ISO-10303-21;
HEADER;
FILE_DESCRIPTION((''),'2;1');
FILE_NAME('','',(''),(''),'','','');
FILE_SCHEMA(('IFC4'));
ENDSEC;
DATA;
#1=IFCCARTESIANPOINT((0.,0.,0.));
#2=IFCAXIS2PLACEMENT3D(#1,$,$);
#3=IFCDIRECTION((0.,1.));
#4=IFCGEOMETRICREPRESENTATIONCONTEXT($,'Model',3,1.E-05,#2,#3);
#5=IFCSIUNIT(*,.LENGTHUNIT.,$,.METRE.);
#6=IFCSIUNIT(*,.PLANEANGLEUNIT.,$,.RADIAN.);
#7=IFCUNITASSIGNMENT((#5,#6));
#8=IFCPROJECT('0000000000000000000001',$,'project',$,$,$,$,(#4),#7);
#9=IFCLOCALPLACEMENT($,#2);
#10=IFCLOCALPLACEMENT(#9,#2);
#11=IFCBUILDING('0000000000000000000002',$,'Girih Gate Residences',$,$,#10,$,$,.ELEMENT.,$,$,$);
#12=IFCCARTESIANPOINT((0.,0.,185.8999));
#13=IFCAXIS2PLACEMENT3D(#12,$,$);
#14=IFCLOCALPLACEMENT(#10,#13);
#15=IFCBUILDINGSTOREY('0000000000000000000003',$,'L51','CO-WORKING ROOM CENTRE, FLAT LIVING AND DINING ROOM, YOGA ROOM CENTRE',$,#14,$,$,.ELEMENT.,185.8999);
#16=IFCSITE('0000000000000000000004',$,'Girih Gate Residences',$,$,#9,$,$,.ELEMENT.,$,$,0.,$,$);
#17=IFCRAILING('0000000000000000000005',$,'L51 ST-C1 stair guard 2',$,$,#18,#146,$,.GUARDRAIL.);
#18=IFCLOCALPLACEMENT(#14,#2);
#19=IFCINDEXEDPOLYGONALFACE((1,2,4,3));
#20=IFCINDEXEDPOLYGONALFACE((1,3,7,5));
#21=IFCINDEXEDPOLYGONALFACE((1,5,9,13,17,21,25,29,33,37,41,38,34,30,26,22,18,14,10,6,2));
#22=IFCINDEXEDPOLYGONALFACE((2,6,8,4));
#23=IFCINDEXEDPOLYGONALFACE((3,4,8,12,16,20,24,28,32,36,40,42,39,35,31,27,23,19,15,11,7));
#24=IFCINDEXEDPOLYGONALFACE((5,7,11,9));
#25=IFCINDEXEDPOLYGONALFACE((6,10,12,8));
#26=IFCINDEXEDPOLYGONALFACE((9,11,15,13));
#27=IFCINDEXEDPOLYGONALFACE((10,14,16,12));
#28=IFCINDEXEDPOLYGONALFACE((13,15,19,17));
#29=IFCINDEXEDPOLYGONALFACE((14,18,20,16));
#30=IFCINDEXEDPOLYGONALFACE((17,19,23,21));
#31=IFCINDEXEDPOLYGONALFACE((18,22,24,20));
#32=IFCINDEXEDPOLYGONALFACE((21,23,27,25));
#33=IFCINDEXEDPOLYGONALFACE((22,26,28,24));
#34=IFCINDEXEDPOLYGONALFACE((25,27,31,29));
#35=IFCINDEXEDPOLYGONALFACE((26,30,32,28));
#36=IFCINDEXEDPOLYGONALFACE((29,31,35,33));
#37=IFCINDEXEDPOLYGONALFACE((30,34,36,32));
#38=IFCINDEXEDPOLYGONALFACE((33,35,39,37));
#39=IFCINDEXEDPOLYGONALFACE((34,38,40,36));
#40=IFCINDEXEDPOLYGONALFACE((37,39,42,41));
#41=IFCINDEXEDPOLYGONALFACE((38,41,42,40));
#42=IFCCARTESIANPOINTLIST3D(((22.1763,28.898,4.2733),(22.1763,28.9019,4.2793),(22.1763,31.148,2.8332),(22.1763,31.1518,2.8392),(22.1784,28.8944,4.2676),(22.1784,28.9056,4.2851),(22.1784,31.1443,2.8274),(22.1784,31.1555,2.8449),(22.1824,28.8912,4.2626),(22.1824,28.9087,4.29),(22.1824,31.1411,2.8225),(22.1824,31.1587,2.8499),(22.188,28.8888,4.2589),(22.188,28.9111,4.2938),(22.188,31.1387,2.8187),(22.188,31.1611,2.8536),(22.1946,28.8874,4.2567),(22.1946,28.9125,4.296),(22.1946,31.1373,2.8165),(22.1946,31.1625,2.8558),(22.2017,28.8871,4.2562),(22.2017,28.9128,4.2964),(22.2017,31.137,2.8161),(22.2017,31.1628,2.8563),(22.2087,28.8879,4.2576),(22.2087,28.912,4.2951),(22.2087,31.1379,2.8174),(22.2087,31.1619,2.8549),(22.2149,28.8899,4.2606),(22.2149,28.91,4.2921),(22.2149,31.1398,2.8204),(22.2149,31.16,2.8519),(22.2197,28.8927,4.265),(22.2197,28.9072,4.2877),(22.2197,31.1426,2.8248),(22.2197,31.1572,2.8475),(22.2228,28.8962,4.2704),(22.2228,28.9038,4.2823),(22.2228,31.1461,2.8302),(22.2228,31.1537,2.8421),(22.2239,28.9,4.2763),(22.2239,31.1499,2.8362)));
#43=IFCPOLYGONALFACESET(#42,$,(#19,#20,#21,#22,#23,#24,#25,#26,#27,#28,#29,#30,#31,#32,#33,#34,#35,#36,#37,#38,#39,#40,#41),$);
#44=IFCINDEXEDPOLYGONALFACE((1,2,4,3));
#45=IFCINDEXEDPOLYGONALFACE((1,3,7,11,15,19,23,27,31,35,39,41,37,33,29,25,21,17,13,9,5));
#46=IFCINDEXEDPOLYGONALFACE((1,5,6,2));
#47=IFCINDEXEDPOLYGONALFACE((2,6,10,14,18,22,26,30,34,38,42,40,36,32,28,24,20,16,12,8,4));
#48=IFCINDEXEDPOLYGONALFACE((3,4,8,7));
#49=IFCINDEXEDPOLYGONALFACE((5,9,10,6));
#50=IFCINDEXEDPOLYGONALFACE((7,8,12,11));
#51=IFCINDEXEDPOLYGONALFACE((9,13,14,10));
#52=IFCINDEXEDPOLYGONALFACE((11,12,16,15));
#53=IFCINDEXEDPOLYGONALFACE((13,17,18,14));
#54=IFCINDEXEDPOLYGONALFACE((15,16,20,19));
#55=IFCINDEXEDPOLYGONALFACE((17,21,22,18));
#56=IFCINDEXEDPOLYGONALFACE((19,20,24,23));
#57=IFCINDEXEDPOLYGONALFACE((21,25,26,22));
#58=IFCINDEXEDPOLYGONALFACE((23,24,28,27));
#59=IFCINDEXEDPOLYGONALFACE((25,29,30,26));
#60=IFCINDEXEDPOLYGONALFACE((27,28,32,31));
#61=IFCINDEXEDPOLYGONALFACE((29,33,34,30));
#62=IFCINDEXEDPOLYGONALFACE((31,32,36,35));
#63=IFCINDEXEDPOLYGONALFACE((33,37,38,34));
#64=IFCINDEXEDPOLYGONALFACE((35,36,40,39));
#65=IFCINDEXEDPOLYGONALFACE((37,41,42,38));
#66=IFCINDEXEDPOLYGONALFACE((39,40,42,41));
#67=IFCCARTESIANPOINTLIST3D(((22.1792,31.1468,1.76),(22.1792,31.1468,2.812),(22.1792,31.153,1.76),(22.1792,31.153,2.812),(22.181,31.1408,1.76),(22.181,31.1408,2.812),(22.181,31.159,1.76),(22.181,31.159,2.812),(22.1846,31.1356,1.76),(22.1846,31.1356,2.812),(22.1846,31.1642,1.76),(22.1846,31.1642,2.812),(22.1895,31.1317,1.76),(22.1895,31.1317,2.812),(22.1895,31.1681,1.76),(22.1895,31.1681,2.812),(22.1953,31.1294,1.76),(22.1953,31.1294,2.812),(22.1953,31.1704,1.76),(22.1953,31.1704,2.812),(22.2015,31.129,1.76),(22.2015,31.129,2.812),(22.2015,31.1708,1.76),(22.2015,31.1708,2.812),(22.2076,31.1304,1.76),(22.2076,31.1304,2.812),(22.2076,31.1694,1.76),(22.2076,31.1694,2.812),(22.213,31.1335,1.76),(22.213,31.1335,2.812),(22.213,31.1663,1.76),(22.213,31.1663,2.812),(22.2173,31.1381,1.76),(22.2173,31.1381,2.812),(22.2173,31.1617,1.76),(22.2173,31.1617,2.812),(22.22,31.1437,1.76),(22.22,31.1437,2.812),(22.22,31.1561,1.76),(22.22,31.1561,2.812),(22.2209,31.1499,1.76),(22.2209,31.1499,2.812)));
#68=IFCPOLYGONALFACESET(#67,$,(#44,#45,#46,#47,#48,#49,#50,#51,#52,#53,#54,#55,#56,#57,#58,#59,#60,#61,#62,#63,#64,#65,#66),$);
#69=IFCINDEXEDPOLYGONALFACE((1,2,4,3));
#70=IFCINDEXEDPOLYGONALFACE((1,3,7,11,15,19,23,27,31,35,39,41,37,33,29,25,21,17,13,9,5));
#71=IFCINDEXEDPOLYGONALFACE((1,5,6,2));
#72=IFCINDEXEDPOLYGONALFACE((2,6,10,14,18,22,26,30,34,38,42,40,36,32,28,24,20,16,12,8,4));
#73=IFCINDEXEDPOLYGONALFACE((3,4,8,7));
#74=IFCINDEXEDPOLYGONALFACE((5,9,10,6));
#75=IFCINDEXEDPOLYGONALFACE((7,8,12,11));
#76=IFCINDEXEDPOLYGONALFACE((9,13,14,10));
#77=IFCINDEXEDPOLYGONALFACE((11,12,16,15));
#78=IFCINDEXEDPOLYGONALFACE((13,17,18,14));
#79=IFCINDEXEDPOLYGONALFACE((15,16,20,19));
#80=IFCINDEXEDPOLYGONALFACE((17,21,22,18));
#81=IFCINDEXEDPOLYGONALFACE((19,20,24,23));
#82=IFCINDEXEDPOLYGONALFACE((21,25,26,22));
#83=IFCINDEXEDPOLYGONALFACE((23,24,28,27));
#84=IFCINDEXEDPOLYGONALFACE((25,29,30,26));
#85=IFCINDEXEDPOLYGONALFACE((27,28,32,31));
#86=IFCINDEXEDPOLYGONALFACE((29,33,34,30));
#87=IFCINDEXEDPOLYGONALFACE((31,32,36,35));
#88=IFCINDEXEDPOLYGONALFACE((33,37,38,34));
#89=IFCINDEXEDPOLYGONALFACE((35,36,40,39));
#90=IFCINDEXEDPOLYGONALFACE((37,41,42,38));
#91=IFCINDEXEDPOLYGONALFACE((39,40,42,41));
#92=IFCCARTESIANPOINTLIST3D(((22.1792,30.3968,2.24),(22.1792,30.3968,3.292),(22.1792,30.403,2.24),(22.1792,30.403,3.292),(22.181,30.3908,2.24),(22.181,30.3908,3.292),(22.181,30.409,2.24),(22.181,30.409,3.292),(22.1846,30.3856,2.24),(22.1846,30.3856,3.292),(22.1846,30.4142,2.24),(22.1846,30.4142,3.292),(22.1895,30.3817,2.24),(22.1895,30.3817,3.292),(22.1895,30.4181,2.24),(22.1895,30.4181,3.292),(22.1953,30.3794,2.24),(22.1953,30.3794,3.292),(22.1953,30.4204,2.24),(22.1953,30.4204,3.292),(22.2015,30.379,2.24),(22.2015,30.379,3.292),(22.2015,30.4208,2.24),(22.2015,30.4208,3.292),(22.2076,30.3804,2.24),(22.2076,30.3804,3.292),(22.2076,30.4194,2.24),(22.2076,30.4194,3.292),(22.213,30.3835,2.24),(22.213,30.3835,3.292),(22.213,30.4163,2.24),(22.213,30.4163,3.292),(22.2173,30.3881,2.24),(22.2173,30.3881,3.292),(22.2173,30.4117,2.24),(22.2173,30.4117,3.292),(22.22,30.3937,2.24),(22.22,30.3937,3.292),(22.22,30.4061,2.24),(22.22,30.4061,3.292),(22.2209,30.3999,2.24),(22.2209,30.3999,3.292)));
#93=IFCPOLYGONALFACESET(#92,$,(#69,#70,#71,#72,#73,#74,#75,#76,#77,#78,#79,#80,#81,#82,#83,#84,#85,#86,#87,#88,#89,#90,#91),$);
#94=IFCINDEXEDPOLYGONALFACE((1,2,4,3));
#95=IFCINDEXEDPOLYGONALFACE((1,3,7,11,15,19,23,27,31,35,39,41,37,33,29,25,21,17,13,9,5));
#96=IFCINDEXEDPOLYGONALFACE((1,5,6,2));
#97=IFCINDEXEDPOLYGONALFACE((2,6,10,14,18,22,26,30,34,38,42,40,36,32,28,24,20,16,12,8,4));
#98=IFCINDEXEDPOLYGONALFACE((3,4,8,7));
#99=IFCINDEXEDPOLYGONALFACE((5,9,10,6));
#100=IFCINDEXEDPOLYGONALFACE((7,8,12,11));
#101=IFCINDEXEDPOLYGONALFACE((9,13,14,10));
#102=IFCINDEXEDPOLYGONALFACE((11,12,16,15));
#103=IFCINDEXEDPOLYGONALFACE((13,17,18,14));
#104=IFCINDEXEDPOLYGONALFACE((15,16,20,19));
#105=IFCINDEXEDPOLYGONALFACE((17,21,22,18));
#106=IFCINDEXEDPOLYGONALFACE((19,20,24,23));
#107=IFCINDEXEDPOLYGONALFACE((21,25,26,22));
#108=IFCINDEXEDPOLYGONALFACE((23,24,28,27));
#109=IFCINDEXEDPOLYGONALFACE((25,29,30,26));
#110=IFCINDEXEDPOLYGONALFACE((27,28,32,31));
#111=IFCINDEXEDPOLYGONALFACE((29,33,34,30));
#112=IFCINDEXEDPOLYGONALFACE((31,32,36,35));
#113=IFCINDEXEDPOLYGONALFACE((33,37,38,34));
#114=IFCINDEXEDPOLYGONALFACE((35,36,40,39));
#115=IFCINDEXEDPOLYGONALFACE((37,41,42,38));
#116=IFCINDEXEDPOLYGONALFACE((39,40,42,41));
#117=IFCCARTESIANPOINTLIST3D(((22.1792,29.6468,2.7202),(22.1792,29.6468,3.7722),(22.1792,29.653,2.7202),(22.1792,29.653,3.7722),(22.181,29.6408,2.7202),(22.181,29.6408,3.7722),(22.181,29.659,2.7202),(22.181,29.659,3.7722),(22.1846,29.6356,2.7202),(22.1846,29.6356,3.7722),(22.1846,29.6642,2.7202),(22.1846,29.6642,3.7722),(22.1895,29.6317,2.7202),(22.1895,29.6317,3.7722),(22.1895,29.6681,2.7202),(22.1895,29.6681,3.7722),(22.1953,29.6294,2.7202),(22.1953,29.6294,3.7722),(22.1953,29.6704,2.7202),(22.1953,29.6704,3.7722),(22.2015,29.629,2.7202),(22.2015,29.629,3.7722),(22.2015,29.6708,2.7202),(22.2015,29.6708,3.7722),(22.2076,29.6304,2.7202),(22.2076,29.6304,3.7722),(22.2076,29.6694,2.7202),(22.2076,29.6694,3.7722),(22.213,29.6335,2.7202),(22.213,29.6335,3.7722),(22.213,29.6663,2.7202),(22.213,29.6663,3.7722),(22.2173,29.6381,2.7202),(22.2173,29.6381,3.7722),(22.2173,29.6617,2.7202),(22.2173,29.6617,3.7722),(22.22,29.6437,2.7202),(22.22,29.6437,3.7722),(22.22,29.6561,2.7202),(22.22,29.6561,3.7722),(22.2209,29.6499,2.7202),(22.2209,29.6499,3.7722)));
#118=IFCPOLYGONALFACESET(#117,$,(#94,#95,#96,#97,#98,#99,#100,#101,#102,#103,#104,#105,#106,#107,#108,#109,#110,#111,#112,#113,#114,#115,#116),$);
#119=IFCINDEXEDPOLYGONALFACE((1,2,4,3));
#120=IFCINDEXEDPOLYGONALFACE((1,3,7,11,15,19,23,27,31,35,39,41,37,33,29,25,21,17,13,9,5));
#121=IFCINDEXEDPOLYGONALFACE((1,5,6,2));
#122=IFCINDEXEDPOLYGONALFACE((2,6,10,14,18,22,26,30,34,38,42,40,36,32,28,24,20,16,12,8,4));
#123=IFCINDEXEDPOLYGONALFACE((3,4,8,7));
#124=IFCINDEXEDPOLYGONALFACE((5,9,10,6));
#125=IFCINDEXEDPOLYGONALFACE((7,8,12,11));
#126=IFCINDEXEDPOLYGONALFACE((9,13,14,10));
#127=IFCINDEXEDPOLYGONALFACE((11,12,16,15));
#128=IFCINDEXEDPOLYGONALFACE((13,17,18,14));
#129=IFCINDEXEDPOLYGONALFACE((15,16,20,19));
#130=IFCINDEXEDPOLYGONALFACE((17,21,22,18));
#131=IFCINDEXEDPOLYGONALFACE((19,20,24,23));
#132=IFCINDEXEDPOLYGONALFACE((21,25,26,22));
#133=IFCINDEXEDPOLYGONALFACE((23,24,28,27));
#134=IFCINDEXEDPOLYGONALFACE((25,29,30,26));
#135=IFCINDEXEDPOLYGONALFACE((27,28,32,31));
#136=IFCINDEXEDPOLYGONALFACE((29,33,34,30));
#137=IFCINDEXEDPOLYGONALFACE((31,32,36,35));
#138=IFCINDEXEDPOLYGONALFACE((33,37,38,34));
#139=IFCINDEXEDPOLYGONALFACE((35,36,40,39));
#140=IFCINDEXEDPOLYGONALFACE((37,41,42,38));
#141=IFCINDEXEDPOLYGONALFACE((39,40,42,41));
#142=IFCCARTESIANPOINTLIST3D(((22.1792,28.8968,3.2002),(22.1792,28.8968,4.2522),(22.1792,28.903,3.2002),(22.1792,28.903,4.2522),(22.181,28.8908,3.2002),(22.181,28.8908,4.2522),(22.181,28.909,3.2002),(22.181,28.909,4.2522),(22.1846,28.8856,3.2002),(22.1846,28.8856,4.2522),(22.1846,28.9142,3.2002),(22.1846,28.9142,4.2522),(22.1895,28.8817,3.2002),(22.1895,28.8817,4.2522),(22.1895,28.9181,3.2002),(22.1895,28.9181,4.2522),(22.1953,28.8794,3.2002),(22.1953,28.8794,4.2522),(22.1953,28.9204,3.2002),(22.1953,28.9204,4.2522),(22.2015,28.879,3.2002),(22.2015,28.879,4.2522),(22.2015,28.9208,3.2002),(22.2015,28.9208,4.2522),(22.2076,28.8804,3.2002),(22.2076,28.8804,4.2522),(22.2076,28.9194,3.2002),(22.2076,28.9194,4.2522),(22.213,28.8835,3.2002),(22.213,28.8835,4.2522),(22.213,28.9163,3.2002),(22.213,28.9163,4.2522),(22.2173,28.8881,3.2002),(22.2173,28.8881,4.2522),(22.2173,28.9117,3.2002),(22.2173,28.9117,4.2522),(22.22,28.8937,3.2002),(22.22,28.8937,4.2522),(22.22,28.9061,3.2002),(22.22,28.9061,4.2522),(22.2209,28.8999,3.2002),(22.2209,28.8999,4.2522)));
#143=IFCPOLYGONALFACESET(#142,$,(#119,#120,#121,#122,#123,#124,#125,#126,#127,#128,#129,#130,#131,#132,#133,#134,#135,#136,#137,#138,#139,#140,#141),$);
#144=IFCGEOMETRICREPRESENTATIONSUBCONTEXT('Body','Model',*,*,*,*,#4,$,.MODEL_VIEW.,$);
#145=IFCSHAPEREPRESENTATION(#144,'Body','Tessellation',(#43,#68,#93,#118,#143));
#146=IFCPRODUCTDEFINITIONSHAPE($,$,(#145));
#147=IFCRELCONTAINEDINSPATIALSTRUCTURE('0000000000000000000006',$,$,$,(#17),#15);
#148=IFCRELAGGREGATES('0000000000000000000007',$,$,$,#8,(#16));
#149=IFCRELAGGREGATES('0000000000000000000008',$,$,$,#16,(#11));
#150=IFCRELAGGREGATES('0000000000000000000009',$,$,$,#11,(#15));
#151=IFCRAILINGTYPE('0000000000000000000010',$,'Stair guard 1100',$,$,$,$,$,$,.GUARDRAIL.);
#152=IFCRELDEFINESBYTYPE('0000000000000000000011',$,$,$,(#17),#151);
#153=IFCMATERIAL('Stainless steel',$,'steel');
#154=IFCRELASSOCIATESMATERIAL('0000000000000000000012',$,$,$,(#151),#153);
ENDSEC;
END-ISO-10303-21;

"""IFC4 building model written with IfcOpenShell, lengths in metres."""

from ifc_helpers import new_model, si_unit, direction, frame, origin, origin_2d, place, context, subcontext, project, spatial, circle, extrude, material, type_object, element, save


model = new_model("IFC4")

# Units and contexts
model_context = context("Model", 3, precision=1e-05, world=origin(), true_north=direction((0.0, 1.0)))
body_context = subcontext(model_context, "Body", "Model", "MODEL_VIEW")
ifc_project = project(units=[si_unit("LENGTHUNIT", "METRE"), si_unit("PLANEANGLEUNIT", "RADIAN")], contexts=[model_context])

# Site, building, storey
site_placement = place(None, origin())
site = spatial("IfcSite", under=ifc_project, at=site_placement, Name="Girih Gate Residences", CompositionType="ELEMENT", RefElevation=0.0)
building_placement = place(site_placement, origin())
building = spatial("IfcBuilding", under=site, at=building_placement, Name="Girih Gate Residences", CompositionType="ELEMENT")
storey_placement = place(building_placement, frame((0.0, 0.0, 185.8999)))
storey = spatial("IfcBuildingStorey", under=building, at=storey_placement, Name="L51", Description="CO-WORKING ROOM CENTRE, FLAT LIVING AND DINING ROOM, YOGA ROOM CENTRE", CompositionType="ELEMENT", Elevation=185.8999)

# Railing
ifc_material_1 = material(Name="Stainless steel", Category="steel")
railing_type_1 = type_object("IfcRailingType", Name="Stair guard 1100", PredefinedType="GUARDRAIL", material=ifc_material_1)
railing_1_placement = place(storey_placement, frame((22.2, 31.1499, 1.76)))
element("IfcRailing", 1, at=railing_1_placement, inside=storey, type_object=railing_type_1, Name="L51 ST-C1 stair guard 2", PredefinedType="GUARDRAIL", context=body_context, shape_type="SweptSolid", body=[
    extrude(circle(Radius=0.0239, at=origin_2d()), frame((0.0, 0.0, 1.0762), z_axis=(0.0, -0.84224, 0.539103), x_axis=(1.0, 0.0, 0.0)), (0.0, 0.0, 1.0), 2.6714),
    extrude(circle(Radius=0.021, at=origin_2d()), origin(), (0.0, 0.0, 1.0), 1.052),
    extrude(circle(Radius=0.021, at=origin_2d()), frame((0.0, -0.75, 0.48)), (0.0, 0.0, 1.0), 1.052),
    extrude(circle(Radius=0.021, at=origin_2d()), frame((0.0, -1.5, 0.9602)), (0.0, 0.0, 1.0), 1.052),
    extrude(circle(Radius=0.021, at=origin_2d()), frame((0.0, -2.25, 1.4402)), (0.0, 0.0, 1.0), 1.052),
])

save(model, "model.ifc")
